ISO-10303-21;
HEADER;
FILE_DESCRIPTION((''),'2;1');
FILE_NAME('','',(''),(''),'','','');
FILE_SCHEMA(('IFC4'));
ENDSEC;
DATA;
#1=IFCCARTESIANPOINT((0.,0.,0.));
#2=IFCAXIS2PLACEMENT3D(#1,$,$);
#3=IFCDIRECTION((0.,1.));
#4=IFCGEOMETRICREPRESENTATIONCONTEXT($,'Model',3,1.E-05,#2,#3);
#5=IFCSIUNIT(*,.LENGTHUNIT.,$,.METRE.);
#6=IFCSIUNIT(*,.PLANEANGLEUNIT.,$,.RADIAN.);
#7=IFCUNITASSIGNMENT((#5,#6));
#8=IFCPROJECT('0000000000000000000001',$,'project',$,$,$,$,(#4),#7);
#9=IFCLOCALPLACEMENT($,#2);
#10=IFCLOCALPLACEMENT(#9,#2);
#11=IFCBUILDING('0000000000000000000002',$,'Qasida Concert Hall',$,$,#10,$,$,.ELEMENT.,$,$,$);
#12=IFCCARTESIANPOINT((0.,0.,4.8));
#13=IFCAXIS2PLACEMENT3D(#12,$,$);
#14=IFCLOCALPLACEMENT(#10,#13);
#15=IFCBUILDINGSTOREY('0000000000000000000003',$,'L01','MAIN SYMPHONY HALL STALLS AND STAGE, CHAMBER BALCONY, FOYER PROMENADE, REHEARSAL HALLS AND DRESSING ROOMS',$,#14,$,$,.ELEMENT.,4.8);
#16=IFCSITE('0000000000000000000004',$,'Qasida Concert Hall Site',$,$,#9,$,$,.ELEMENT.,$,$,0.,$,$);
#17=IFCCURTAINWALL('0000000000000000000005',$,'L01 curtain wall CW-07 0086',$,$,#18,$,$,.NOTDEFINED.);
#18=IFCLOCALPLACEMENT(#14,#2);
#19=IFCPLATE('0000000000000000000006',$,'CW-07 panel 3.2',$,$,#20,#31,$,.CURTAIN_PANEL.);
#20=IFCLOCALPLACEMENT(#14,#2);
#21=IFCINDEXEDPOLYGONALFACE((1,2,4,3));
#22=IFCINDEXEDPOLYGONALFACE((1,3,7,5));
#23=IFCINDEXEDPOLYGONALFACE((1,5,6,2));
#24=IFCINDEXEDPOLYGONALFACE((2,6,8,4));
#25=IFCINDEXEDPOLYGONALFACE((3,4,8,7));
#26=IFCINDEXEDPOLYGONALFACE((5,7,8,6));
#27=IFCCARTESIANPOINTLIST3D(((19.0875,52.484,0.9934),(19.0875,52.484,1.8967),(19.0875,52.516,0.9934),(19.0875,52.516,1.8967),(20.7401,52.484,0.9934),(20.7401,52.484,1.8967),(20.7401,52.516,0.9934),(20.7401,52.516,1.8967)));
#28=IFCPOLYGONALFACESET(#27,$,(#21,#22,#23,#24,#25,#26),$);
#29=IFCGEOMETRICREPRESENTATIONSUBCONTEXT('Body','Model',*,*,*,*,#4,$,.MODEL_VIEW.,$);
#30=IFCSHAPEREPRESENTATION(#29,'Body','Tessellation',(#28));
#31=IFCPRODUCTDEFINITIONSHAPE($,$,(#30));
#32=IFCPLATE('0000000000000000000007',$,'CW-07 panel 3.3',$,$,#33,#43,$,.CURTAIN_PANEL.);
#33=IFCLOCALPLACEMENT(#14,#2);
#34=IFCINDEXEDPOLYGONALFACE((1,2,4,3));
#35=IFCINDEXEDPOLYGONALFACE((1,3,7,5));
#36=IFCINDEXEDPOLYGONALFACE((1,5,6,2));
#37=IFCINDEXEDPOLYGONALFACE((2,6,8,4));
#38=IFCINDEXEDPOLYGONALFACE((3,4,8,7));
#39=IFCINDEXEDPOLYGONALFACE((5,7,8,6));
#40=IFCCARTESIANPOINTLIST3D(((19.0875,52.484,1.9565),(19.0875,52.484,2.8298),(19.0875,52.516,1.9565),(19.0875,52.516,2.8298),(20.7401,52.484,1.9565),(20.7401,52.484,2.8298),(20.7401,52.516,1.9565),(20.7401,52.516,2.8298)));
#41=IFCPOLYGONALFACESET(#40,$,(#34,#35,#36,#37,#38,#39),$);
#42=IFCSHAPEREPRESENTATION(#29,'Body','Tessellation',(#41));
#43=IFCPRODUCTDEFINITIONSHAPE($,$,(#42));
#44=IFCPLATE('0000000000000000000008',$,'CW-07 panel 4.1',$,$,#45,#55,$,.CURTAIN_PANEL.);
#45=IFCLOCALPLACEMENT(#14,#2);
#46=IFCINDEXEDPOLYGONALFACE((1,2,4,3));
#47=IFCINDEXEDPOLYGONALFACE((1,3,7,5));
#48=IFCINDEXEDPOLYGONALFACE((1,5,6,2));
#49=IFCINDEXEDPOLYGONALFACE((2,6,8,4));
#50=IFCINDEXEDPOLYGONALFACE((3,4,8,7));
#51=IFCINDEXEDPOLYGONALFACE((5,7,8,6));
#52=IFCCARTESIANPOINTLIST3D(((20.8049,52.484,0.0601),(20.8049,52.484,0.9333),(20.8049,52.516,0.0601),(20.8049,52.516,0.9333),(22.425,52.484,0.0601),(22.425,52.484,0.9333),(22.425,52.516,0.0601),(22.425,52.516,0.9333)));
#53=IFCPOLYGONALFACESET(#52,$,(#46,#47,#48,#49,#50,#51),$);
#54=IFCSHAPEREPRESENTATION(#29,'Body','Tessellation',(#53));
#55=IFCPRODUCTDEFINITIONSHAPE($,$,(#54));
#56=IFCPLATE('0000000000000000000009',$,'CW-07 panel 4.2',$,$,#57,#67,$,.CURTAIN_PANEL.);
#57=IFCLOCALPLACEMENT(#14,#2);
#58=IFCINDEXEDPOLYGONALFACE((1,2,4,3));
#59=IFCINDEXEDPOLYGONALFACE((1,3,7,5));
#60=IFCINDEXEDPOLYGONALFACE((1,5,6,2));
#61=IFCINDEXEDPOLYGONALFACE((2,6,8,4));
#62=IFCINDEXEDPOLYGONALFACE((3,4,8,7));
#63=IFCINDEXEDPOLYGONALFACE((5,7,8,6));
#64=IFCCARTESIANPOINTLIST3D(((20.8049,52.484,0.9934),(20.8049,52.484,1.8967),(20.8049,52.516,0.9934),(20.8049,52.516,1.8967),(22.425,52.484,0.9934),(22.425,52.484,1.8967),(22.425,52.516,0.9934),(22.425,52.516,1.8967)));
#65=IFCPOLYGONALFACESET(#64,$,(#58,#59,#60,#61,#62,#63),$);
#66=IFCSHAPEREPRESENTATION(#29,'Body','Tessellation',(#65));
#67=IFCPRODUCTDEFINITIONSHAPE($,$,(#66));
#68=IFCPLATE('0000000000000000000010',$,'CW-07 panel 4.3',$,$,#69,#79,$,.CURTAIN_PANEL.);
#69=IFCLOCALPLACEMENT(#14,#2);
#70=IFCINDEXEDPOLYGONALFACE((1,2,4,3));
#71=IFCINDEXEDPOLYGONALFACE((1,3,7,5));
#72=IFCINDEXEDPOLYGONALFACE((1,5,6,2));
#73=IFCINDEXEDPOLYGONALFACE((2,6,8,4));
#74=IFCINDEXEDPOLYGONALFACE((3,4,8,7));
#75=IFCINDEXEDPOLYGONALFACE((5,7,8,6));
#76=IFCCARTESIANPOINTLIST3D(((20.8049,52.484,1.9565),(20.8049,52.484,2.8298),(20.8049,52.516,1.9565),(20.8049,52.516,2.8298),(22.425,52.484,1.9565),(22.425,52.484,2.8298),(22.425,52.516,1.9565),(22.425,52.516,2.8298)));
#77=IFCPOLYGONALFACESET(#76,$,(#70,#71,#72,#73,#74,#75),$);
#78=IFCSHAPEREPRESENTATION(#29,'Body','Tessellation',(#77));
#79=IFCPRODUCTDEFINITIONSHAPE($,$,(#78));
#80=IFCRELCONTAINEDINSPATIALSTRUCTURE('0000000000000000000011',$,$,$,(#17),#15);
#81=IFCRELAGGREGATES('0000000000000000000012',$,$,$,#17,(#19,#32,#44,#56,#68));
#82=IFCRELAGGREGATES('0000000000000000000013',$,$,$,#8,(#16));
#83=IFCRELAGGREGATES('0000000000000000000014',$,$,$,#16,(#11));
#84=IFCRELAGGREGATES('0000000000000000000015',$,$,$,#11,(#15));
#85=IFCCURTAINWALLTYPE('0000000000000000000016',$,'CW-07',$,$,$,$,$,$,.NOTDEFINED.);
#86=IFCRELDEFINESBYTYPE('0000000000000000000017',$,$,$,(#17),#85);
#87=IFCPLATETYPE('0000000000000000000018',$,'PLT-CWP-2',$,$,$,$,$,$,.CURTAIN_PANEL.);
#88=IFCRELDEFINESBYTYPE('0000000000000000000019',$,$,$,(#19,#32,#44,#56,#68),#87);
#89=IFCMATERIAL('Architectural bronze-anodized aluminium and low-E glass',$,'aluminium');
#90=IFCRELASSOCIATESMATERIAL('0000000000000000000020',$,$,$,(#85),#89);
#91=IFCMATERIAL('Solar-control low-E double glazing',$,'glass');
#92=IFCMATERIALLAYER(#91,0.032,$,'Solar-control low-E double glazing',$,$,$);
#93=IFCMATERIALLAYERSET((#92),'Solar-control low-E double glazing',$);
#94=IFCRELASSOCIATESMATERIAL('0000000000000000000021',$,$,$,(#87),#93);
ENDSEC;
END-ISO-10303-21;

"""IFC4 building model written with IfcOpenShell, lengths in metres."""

from ifc_helpers import new_model, si_unit, direction, frame, origin, origin_2d, place, context, subcontext, project, spatial, rectangle, extrude, material, layer, layer_set, type_object, element, aggregate, save


model = new_model("IFC4")

# Units and contexts
model_context = context("Model", 3, precision=1e-05, world=origin(), true_north=direction((0.0, 1.0)))
body_context = subcontext(model_context, "Body", "Model", "MODEL_VIEW")
ifc_project = project(units=[si_unit("LENGTHUNIT", "METRE"), si_unit("PLANEANGLEUNIT", "RADIAN")], contexts=[model_context])

# Site, building, storey
site_placement = place(None, origin())
site = spatial("IfcSite", under=ifc_project, at=site_placement, Name="Qasida Concert Hall Site", CompositionType="ELEMENT", RefElevation=0.0)
building_placement = place(site_placement, origin())
building = spatial("IfcBuilding", under=site, at=building_placement, Name="Qasida Concert Hall", CompositionType="ELEMENT")
storey_placement = place(building_placement, frame((0.0, 0.0, 4.8)))
storey = spatial("IfcBuildingStorey", under=building, at=storey_placement, Name="L01", Description="MAIN SYMPHONY HALL STALLS AND STAGE, CHAMBER BALCONY, FOYER PROMENADE, REHEARSAL HALLS AND DRESSING ROOMS", CompositionType="ELEMENT", Elevation=4.8)

# Curtain wall
ifc_material_1 = material(Name="Architectural bronze-anodized aluminium and low-E glass", Category="aluminium")
curtain_wall_type = type_object("IfcCurtainWallType", Name="CW-07", PredefinedType="NOTDEFINED", material=ifc_material_1)
curtain_wall_1_placement = place(storey_placement, origin())
curtain_wall_1 = element("IfcCurtainWall", 1, at=curtain_wall_1_placement, inside=storey, type_object=curtain_wall_type, Name="L01 curtain wall CW-07 0086", PredefinedType="NOTDEFINED")

# Plates
ifc_material_2 = material(Name="Solar-control low-E double glazing", Category="glass")
ifc_layer = layer(ifc_material_2, 0.032, Name="Solar-control low-E double glazing")
ifc_layer_set = layer_set([ifc_layer], Name="Solar-control low-E double glazing")
plate_type = type_object("IfcPlateType", Name="PLT-CWP-2", PredefinedType="CURTAIN_PANEL", material=ifc_layer_set)
plate_1_placement = place(storey_placement, frame((19.9138, 52.5, 0.9934), z_axis=(0.0, 0.0, 1.0), x_axis=(1.0, 0.0, 0.0)))
plate_1 = element("IfcPlate", 2, at=plate_1_placement, type_object=plate_type, Name="CW-07 panel 3.2", PredefinedType="CURTAIN_PANEL", context=body_context, shape_type="SweptSolid", body=[
    extrude(rectangle(XDim=1.6526, YDim=0.032, at=origin_2d()), origin(), (0.0, 0.0, 1.0), 0.9033),
])
plate_2_placement = place(storey_placement, frame((19.9138, 52.5, 1.9565), z_axis=(0.0, 0.0, 1.0), x_axis=(1.0, 0.0, 0.0)))
plate_2 = element("IfcPlate", 3, at=plate_2_placement, type_object=plate_type, Name="CW-07 panel 3.3", PredefinedType="CURTAIN_PANEL", context=body_context, shape_type="SweptSolid", body=[
    extrude(rectangle(XDim=1.6526, YDim=0.032, at=origin_2d()), origin(), (0.0, 0.0, 1.0), 0.8733),
])
plate_3_placement = place(storey_placement, frame((21.615, 52.5, 0.0601), z_axis=(0.0, 0.0, 1.0), x_axis=(1.0, 0.0, 0.0)))
plate_3 = element("IfcPlate", 4, at=plate_3_placement, type_object=plate_type, Name="CW-07 panel 4.1", PredefinedType="CURTAIN_PANEL", context=body_context, shape_type="SweptSolid", body=[
    extrude(rectangle(XDim=1.6201, YDim=0.032, at=origin_2d()), origin(), (0.0, 0.0, 1.0), 0.8733),
])
plate_4_placement = place(storey_placement, frame((21.615, 52.5, 0.9934), z_axis=(0.0, 0.0, 1.0), x_axis=(1.0, 0.0, 0.0)))
plate_4 = element("IfcPlate", 5, at=plate_4_placement, type_object=plate_type, Name="CW-07 panel 4.2", PredefinedType="CURTAIN_PANEL", context=body_context, shape_type="SweptSolid", body=[
    extrude(rectangle(XDim=1.6201, YDim=0.032, at=origin_2d()), origin(), (0.0, 0.0, 1.0), 0.9033),
])
plate_5_placement = place(storey_placement, frame((21.615, 52.5, 1.9565), z_axis=(0.0, 0.0, 1.0), x_axis=(1.0, 0.0, 0.0)))
plate_5 = element("IfcPlate", 6, at=plate_5_placement, type_object=plate_type, Name="CW-07 panel 4.3", PredefinedType="CURTAIN_PANEL", context=body_context, shape_type="SweptSolid", body=[
    extrude(rectangle(XDim=1.6201, YDim=0.032, at=origin_2d()), origin(), (0.0, 0.0, 1.0), 0.8733),
])
aggregate(curtain_wall_1, [plate_1, plate_2, plate_3, plate_4, plate_5])

save(model, "model.ifc")
